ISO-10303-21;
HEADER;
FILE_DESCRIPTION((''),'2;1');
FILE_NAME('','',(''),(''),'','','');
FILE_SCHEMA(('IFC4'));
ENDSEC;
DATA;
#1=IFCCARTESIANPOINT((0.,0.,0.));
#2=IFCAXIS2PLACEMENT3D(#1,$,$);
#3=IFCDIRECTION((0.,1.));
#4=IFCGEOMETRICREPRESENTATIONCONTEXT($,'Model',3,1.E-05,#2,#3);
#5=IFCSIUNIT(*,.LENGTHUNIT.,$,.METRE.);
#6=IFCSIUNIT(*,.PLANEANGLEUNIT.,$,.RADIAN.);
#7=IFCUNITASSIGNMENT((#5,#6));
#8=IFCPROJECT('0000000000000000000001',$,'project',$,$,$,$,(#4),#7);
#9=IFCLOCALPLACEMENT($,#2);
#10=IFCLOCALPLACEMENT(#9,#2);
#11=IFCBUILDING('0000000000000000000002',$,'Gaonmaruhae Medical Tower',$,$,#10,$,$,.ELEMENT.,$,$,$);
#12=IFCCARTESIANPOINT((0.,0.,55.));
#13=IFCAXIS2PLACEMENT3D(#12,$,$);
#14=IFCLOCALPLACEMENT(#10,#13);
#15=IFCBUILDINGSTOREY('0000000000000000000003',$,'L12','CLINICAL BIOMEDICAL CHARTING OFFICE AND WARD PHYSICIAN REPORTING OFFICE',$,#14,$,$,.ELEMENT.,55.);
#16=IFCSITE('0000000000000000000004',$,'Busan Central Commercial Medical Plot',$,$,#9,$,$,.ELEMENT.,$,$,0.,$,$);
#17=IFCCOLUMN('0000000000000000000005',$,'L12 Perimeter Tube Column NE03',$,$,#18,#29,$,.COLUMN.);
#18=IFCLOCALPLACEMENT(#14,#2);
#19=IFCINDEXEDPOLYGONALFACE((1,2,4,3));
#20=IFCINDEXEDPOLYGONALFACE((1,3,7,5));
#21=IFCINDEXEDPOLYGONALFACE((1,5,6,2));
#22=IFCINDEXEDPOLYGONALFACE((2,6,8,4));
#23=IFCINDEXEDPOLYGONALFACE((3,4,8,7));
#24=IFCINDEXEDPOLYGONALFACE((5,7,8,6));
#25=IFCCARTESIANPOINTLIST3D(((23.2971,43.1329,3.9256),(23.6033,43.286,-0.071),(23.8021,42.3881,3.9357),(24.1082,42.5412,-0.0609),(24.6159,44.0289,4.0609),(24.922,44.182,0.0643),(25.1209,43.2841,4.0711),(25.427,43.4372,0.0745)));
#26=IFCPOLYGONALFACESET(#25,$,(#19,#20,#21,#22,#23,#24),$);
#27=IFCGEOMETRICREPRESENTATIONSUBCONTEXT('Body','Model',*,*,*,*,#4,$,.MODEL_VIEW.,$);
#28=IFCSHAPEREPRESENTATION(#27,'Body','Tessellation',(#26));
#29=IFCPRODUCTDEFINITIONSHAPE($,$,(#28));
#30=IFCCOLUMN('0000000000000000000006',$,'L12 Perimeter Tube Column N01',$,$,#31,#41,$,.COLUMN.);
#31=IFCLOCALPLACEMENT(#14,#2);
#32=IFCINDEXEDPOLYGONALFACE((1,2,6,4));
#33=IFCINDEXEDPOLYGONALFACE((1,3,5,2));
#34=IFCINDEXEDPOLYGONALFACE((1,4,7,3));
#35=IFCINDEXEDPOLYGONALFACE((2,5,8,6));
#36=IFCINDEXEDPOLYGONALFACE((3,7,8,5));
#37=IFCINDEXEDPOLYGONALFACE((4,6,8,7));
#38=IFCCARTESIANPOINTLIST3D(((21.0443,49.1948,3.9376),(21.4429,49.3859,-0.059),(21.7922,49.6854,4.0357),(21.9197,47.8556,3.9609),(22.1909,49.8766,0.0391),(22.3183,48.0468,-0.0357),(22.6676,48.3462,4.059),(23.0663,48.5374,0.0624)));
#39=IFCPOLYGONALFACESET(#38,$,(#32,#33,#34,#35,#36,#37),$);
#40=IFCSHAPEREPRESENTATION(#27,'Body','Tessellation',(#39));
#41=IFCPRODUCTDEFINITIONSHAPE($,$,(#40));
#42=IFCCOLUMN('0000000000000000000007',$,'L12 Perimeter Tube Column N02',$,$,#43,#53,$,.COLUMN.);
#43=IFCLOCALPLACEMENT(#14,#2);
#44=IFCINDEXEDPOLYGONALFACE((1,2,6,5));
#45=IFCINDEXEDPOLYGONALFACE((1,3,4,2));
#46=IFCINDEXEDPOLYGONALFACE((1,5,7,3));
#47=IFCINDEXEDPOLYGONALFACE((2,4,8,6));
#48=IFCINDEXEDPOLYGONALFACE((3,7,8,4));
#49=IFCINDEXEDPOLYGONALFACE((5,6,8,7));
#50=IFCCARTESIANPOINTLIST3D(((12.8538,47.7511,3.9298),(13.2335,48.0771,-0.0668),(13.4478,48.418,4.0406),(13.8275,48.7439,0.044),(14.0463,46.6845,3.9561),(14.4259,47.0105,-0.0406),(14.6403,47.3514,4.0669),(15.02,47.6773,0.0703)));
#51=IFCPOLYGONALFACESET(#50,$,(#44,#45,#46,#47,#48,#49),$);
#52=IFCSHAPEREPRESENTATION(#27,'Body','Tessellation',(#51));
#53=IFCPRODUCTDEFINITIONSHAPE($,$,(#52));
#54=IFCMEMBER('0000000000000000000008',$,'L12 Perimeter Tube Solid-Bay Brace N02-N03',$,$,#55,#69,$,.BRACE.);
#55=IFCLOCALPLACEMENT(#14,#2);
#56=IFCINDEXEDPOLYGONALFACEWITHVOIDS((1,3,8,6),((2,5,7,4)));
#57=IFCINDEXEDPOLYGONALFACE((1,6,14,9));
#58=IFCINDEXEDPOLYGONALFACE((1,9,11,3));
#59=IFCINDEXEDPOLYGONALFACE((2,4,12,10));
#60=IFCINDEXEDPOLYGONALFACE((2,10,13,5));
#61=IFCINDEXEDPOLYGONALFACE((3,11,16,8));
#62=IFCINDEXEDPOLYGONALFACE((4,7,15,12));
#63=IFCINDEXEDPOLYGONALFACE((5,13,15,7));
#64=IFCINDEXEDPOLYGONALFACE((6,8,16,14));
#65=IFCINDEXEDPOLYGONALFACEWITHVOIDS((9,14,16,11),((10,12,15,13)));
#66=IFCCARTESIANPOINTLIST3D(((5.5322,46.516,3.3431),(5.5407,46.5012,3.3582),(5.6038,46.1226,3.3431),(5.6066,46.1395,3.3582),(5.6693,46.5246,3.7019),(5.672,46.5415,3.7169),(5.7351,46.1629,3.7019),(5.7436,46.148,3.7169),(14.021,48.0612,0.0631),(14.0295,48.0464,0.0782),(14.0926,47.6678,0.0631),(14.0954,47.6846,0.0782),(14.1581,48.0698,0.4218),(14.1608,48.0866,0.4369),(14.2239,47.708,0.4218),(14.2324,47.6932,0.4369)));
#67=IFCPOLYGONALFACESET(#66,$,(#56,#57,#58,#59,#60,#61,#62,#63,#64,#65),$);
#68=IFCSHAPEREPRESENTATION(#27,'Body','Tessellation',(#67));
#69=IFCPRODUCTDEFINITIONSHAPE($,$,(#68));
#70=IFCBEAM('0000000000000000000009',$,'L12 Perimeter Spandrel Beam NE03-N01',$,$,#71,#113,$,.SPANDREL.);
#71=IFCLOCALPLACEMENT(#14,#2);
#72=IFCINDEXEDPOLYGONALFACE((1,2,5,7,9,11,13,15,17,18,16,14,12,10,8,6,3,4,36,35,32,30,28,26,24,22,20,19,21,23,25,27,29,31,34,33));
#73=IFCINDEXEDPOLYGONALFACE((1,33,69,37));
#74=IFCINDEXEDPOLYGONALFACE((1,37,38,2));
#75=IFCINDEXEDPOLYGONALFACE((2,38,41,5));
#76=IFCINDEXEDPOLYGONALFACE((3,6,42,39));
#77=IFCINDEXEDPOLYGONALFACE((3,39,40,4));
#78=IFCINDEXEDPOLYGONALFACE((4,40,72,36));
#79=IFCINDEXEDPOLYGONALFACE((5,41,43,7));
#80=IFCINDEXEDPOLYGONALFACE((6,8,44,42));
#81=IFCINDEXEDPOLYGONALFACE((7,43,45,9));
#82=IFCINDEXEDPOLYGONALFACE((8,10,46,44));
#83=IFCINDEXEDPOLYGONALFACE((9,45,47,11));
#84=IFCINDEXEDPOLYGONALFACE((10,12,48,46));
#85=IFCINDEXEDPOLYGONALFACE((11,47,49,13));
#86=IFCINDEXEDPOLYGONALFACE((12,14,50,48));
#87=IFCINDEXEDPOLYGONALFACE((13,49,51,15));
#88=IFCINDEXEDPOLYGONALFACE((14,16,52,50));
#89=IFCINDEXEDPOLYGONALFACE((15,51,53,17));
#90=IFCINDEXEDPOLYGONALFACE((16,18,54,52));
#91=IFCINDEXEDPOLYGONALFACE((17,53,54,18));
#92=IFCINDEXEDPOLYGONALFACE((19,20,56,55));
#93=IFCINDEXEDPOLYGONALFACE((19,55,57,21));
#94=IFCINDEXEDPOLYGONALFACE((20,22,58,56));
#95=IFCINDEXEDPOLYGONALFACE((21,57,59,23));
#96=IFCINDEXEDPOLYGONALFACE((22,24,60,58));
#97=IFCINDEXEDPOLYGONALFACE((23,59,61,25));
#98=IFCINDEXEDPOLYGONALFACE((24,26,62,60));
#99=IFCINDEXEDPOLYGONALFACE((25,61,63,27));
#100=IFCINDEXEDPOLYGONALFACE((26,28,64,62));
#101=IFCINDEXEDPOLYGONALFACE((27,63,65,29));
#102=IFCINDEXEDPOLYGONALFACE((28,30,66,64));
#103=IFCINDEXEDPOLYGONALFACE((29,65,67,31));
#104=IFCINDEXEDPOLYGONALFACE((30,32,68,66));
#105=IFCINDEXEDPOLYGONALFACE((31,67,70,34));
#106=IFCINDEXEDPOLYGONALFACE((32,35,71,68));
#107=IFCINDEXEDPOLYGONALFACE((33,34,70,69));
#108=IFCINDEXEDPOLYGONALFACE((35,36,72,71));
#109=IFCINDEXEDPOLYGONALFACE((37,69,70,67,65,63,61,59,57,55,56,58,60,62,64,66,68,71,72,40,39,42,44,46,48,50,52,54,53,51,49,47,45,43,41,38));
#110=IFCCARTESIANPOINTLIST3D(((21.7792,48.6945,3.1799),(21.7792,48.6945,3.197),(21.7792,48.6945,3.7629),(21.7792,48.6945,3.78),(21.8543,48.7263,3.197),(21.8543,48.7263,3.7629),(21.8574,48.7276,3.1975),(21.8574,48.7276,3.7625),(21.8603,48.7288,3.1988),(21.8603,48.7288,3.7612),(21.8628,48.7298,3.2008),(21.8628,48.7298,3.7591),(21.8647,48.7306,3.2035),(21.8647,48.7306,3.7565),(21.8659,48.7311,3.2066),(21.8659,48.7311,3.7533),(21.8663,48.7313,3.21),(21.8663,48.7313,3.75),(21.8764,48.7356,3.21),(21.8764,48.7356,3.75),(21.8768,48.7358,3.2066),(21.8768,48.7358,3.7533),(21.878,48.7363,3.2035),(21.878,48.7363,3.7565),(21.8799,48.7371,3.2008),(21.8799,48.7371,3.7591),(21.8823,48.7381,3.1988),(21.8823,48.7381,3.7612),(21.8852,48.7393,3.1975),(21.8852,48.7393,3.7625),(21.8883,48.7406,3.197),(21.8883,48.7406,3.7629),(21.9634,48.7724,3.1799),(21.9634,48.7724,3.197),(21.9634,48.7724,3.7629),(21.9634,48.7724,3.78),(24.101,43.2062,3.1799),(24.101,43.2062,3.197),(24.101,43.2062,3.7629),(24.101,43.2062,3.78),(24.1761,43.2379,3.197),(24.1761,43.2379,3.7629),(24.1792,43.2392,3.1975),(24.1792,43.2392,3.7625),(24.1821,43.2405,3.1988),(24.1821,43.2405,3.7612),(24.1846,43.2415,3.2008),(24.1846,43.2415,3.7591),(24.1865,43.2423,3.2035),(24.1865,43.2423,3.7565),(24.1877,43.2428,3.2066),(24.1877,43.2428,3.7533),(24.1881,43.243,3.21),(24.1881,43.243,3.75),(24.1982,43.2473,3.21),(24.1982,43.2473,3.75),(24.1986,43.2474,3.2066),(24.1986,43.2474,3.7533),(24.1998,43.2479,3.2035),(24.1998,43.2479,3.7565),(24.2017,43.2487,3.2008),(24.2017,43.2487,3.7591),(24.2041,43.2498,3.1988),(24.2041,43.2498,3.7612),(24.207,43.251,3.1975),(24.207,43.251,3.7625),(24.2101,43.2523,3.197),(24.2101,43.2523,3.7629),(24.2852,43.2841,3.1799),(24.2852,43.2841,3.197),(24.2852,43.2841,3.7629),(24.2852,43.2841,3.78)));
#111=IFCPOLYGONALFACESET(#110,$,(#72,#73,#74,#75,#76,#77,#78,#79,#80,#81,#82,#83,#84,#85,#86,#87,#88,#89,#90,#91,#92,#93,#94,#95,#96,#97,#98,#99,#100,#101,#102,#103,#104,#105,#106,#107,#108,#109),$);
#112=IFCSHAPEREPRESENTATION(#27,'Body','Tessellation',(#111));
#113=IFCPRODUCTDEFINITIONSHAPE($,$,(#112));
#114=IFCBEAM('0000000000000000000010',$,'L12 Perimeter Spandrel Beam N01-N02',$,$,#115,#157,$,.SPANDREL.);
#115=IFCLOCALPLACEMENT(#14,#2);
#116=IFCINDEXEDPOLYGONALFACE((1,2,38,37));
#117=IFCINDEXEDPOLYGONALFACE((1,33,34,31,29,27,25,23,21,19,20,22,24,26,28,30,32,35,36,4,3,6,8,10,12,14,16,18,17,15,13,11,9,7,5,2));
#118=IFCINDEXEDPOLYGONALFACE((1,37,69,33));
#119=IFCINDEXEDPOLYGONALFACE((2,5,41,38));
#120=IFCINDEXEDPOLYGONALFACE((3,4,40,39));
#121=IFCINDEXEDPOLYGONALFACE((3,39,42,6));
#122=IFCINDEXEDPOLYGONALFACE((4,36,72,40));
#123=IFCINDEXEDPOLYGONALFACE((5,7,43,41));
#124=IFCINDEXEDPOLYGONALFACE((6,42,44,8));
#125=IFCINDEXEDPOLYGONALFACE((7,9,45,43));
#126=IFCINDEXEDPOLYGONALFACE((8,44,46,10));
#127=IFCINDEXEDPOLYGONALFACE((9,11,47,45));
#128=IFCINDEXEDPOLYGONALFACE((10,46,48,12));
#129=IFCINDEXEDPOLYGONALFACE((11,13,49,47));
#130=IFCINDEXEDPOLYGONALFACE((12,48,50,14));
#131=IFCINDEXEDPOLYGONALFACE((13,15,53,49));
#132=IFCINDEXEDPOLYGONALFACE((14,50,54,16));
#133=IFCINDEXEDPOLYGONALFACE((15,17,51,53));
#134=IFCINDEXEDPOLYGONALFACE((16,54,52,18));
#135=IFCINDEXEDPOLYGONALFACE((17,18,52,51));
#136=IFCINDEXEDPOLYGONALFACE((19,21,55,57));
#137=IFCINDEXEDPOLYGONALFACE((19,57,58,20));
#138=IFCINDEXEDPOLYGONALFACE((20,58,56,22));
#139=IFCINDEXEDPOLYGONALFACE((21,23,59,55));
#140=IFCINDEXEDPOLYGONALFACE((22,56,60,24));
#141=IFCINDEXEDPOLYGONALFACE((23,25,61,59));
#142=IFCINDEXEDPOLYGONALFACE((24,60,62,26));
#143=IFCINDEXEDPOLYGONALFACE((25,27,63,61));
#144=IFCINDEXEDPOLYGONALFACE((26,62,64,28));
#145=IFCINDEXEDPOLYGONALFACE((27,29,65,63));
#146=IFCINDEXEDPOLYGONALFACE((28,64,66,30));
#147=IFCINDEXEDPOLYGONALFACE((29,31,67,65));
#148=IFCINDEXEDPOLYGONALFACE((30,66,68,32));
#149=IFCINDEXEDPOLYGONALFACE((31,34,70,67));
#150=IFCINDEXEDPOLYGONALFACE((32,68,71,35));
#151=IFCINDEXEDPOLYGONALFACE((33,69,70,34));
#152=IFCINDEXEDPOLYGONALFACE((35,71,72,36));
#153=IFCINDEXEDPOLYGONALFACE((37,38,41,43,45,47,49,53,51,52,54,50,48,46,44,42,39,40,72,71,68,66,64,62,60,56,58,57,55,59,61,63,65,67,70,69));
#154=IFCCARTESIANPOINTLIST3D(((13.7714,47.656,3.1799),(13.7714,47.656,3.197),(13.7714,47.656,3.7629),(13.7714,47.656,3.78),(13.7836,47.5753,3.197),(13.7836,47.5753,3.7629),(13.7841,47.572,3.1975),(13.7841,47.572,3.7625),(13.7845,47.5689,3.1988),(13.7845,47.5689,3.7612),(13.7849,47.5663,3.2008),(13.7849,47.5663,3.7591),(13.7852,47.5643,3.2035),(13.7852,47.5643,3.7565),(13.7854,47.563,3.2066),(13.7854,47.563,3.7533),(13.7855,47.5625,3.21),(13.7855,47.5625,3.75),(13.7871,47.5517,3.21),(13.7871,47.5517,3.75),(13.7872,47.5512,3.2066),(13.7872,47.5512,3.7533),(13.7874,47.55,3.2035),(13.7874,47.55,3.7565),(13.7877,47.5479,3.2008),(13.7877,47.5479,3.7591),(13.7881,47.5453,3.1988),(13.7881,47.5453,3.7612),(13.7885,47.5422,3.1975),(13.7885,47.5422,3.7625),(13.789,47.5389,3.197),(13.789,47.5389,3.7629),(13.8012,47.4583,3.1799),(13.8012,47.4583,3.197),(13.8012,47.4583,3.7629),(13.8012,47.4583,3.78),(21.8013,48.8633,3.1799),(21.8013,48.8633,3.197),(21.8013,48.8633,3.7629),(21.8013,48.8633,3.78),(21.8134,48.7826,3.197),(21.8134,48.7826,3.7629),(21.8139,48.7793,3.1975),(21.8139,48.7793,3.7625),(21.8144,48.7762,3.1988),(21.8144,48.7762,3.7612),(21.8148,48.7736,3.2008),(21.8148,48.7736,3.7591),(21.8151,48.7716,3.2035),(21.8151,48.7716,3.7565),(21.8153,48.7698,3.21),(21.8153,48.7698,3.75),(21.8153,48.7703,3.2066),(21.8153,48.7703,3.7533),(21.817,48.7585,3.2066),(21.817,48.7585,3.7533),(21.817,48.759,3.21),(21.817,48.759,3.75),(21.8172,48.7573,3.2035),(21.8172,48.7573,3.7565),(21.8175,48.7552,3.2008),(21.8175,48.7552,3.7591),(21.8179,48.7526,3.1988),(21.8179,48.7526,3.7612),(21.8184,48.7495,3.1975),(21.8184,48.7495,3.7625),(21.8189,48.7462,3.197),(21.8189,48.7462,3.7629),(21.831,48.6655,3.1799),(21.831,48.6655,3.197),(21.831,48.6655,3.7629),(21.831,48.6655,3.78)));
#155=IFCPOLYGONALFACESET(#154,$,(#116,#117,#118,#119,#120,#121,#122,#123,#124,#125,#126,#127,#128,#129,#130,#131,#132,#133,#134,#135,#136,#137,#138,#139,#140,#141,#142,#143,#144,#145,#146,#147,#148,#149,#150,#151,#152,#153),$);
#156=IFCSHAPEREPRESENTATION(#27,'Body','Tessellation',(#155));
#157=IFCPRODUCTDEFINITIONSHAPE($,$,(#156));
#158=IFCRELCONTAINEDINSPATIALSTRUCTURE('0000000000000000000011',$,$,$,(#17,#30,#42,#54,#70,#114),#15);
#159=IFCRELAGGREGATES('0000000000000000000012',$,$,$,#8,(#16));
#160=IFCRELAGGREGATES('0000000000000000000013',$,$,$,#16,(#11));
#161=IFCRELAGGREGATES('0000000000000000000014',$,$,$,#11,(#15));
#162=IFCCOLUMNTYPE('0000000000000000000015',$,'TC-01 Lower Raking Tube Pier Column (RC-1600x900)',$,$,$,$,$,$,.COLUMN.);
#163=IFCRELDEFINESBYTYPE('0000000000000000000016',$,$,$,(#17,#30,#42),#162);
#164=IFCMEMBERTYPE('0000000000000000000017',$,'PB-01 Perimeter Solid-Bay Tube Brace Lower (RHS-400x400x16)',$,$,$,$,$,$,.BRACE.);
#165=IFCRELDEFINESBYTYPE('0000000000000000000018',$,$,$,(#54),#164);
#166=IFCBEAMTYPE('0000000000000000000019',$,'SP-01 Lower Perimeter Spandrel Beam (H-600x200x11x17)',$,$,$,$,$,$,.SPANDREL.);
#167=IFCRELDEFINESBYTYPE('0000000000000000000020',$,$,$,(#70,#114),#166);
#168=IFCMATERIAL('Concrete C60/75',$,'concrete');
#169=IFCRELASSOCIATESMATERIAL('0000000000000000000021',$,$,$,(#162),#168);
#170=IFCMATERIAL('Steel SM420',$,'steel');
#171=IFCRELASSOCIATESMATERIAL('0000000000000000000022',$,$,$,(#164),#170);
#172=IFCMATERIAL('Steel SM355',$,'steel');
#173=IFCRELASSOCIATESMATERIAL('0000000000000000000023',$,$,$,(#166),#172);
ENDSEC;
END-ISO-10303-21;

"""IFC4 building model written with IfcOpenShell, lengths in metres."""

from ifc_helpers import new_model, si_unit, direction, frame, origin, origin_2d, place, context, subcontext, project, spatial, rectangle, hollow_rectangle, i_section, extrude, material, material_profile, profile_set, type_object, element, save


model = new_model("IFC4")

# Units and contexts
model_context = context("Model", 3, precision=1e-05, world=origin(), true_north=direction((0.0, 1.0)))
body_context = subcontext(model_context, "Body", "Model", "MODEL_VIEW")
ifc_project = project(units=[si_unit("LENGTHUNIT", "METRE"), si_unit("PLANEANGLEUNIT", "RADIAN")], contexts=[model_context])

# Site, building, storey
site_placement = place(None, origin())
site = spatial("IfcSite", under=ifc_project, at=site_placement, Name="Busan Central Commercial Medical Plot", CompositionType="ELEMENT", RefElevation=0.0)
building_placement = place(site_placement, origin())
building = spatial("IfcBuilding", under=site, at=building_placement, Name="Gaonmaruhae Medical Tower", CompositionType="ELEMENT")
storey_placement = place(building_placement, frame((0.0, 0.0, 55.0)))
storey = spatial("IfcBuildingStorey", under=building, at=storey_placement, Name="L12", Description="CLINICAL BIOMEDICAL CHARTING OFFICE AND WARD PHYSICIAN REPORTING OFFICE", CompositionType="ELEMENT", Elevation=55.0)

# Columns
ifc_material_1 = material(Name="Concrete C60/75", Category="concrete")
ifc_material_profile_1 = material_profile(ifc_material_1, rectangle(XDim=1.6001, YDim=0.8999, at=origin_2d()), Name="RC-1600x900")
ifc_profile_set_1 = profile_set([ifc_material_profile_1], Name="Concrete C60/75")
column_type = type_object("IfcColumnType", Name="TC-01 Lower Raking Tube Pier Column (RC-1600x900)", PredefinedType="COLUMN", material=ifc_profile_set_1)
column_1_placement = place(storey_placement, frame((24.5151, 43.3616, 0.0017), z_axis=(-0.076324, -0.038162, 0.996352), x_axis=(0.82419, 0.559962, 0.084583)))
element("IfcColumn", 1, at=column_1_placement, inside=storey, type_object=column_type, Name="L12 Perimeter Tube Column NE03", PredefinedType="COLUMN", context=body_context, shape_type="SweptSolid", body=[
    extrude(rectangle(XDim=1.6001, YDim=0.8999, at=origin_2d()), origin(), (0.0, 0.0, 1.0), 4.0112),
])
column_2_placement = place(storey_placement, frame((22.2546, 48.9617, 0.0017), z_axis=(-0.099151, -0.047541, 0.993936), x_axis=(0.547089, -0.836948, 0.014543)))
element("IfcColumn", 2, at=column_2_placement, inside=storey, type_object=column_type, Name="L12 Perimeter Tube Column N01", PredefinedType="COLUMN", context=body_context, shape_type="SweptSolid", body=[
    extrude(rectangle(XDim=1.6001, YDim=0.8999, at=origin_2d()), origin(), (0.0, 0.0, 1.0), 4.021),
])
column_3_placement = place(storey_placement, frame((14.1267, 47.8772, 0.0017), z_axis=(-0.094255, -0.08092, 0.992254), x_axis=(0.745243, -0.666591, 0.01643)))
element("IfcColumn", 3, at=column_3_placement, inside=storey, type_object=column_type, Name="L12 Perimeter Tube Column N02", PredefinedType="COLUMN", context=body_context, shape_type="SweptSolid", body=[
    extrude(rectangle(XDim=1.6001, YDim=0.8999, at=origin_2d()), origin(), (0.0, 0.0, 1.0), 4.0278),
])

# Member
ifc_material_2 = material(Name="Steel SM420", Category="steel")
ifc_material_profile_2 = material_profile(ifc_material_2, hollow_rectangle(XDim=0.3999, YDim=0.3999, WallThickness=0.0161, at=origin_2d()), Name="RHS-400x400x16")
ifc_profile_set_2 = profile_set([ifc_material_profile_2], Name="Steel SM420")
member_type = type_object("IfcMemberType", Name="PB-01 Perimeter Solid-Bay Tube Brace Lower (RHS-400x400x16)", PredefinedType="BRACE", material=ifc_profile_set_2)
member_placement = place(storey_placement, frame((14.1267, 47.8772, 0.25), z_axis=(-0.919626, -0.167395, 0.35534), x_axis=(0.179082, -0.983834, 0.0)))
element("IfcMember", 4, at=member_placement, inside=storey, type_object=member_type, Name="L12 Perimeter Tube Solid-Bay Brace N02-N03", PredefinedType="BRACE", context=body_context, shape_type="SweptSolid", body=[
    extrude(hollow_rectangle(XDim=0.3999, YDim=0.3999, WallThickness=0.0161, at=origin_2d()), origin(), (0.0, 0.0, 1.0), 9.2307),
])

# Beams
ifc_material_3 = material(Name="Steel SM355", Category="steel")
ifc_material_profile_3 = material_profile(ifc_material_3, i_section(OverallWidth=0.2, OverallDepth=0.6001, WebThickness=0.011, FlangeThickness=0.0171, FilletRadius=0.0129, at=origin_2d()), Name="H-600x200x11x17")
ifc_profile_set_3 = profile_set([ifc_material_profile_3], Name="Steel SM355")
beam_type = type_object("IfcBeamType", Name="SP-01 Lower Perimeter Spandrel Beam (H-600x200x11x17)", PredefinedType="SPANDREL", material=ifc_profile_set_3)
beam_placement = place(storey_placement, frame((24.1931, 43.2451, 3.48), z_axis=(-0.389613, 0.920979, 0.0), x_axis=(-0.920979, -0.389613, 0.0)))
element("IfcBeam", 5, at=beam_placement, inside=storey, type_object=beam_type, Name="L12 Perimeter Spandrel Beam NE03-N01", PredefinedType="SPANDREL", context=body_context, shape_type="SweptSolid", body=[
    extrude(i_section(OverallWidth=0.2, OverallDepth=0.6001, WebThickness=0.011, FlangeThickness=0.0171, FilletRadius=0.0129, at=origin_2d()), origin(), (0.0, 0.0, 1.0), 5.9592),
])
for number, where, z_axis, x_axis, name in (
    (6, (21.8162, 48.7644, 3.48), (-0.988886, -0.148679, 0.0), (0.148679, -0.988886, 0.0), "L12 Perimeter Spandrel Beam N01-N02"),
):
    element("IfcBeam", number, at=place(storey_placement, frame(where, z_axis=z_axis, x_axis=x_axis)), inside=storey, type_object=beam_type, Name=name, PredefinedType="SPANDREL", context=body_context, shape_type="SweptSolid", body=[
        extrude(i_section(OverallWidth=0.2, OverallDepth=0.6001, WebThickness=0.011, FlangeThickness=0.0171, FilletRadius=0.0129, at=origin_2d()), origin(), (0.0, 0.0, 1.0), 8.1201),
    ])

save(model, "model.ifc")
